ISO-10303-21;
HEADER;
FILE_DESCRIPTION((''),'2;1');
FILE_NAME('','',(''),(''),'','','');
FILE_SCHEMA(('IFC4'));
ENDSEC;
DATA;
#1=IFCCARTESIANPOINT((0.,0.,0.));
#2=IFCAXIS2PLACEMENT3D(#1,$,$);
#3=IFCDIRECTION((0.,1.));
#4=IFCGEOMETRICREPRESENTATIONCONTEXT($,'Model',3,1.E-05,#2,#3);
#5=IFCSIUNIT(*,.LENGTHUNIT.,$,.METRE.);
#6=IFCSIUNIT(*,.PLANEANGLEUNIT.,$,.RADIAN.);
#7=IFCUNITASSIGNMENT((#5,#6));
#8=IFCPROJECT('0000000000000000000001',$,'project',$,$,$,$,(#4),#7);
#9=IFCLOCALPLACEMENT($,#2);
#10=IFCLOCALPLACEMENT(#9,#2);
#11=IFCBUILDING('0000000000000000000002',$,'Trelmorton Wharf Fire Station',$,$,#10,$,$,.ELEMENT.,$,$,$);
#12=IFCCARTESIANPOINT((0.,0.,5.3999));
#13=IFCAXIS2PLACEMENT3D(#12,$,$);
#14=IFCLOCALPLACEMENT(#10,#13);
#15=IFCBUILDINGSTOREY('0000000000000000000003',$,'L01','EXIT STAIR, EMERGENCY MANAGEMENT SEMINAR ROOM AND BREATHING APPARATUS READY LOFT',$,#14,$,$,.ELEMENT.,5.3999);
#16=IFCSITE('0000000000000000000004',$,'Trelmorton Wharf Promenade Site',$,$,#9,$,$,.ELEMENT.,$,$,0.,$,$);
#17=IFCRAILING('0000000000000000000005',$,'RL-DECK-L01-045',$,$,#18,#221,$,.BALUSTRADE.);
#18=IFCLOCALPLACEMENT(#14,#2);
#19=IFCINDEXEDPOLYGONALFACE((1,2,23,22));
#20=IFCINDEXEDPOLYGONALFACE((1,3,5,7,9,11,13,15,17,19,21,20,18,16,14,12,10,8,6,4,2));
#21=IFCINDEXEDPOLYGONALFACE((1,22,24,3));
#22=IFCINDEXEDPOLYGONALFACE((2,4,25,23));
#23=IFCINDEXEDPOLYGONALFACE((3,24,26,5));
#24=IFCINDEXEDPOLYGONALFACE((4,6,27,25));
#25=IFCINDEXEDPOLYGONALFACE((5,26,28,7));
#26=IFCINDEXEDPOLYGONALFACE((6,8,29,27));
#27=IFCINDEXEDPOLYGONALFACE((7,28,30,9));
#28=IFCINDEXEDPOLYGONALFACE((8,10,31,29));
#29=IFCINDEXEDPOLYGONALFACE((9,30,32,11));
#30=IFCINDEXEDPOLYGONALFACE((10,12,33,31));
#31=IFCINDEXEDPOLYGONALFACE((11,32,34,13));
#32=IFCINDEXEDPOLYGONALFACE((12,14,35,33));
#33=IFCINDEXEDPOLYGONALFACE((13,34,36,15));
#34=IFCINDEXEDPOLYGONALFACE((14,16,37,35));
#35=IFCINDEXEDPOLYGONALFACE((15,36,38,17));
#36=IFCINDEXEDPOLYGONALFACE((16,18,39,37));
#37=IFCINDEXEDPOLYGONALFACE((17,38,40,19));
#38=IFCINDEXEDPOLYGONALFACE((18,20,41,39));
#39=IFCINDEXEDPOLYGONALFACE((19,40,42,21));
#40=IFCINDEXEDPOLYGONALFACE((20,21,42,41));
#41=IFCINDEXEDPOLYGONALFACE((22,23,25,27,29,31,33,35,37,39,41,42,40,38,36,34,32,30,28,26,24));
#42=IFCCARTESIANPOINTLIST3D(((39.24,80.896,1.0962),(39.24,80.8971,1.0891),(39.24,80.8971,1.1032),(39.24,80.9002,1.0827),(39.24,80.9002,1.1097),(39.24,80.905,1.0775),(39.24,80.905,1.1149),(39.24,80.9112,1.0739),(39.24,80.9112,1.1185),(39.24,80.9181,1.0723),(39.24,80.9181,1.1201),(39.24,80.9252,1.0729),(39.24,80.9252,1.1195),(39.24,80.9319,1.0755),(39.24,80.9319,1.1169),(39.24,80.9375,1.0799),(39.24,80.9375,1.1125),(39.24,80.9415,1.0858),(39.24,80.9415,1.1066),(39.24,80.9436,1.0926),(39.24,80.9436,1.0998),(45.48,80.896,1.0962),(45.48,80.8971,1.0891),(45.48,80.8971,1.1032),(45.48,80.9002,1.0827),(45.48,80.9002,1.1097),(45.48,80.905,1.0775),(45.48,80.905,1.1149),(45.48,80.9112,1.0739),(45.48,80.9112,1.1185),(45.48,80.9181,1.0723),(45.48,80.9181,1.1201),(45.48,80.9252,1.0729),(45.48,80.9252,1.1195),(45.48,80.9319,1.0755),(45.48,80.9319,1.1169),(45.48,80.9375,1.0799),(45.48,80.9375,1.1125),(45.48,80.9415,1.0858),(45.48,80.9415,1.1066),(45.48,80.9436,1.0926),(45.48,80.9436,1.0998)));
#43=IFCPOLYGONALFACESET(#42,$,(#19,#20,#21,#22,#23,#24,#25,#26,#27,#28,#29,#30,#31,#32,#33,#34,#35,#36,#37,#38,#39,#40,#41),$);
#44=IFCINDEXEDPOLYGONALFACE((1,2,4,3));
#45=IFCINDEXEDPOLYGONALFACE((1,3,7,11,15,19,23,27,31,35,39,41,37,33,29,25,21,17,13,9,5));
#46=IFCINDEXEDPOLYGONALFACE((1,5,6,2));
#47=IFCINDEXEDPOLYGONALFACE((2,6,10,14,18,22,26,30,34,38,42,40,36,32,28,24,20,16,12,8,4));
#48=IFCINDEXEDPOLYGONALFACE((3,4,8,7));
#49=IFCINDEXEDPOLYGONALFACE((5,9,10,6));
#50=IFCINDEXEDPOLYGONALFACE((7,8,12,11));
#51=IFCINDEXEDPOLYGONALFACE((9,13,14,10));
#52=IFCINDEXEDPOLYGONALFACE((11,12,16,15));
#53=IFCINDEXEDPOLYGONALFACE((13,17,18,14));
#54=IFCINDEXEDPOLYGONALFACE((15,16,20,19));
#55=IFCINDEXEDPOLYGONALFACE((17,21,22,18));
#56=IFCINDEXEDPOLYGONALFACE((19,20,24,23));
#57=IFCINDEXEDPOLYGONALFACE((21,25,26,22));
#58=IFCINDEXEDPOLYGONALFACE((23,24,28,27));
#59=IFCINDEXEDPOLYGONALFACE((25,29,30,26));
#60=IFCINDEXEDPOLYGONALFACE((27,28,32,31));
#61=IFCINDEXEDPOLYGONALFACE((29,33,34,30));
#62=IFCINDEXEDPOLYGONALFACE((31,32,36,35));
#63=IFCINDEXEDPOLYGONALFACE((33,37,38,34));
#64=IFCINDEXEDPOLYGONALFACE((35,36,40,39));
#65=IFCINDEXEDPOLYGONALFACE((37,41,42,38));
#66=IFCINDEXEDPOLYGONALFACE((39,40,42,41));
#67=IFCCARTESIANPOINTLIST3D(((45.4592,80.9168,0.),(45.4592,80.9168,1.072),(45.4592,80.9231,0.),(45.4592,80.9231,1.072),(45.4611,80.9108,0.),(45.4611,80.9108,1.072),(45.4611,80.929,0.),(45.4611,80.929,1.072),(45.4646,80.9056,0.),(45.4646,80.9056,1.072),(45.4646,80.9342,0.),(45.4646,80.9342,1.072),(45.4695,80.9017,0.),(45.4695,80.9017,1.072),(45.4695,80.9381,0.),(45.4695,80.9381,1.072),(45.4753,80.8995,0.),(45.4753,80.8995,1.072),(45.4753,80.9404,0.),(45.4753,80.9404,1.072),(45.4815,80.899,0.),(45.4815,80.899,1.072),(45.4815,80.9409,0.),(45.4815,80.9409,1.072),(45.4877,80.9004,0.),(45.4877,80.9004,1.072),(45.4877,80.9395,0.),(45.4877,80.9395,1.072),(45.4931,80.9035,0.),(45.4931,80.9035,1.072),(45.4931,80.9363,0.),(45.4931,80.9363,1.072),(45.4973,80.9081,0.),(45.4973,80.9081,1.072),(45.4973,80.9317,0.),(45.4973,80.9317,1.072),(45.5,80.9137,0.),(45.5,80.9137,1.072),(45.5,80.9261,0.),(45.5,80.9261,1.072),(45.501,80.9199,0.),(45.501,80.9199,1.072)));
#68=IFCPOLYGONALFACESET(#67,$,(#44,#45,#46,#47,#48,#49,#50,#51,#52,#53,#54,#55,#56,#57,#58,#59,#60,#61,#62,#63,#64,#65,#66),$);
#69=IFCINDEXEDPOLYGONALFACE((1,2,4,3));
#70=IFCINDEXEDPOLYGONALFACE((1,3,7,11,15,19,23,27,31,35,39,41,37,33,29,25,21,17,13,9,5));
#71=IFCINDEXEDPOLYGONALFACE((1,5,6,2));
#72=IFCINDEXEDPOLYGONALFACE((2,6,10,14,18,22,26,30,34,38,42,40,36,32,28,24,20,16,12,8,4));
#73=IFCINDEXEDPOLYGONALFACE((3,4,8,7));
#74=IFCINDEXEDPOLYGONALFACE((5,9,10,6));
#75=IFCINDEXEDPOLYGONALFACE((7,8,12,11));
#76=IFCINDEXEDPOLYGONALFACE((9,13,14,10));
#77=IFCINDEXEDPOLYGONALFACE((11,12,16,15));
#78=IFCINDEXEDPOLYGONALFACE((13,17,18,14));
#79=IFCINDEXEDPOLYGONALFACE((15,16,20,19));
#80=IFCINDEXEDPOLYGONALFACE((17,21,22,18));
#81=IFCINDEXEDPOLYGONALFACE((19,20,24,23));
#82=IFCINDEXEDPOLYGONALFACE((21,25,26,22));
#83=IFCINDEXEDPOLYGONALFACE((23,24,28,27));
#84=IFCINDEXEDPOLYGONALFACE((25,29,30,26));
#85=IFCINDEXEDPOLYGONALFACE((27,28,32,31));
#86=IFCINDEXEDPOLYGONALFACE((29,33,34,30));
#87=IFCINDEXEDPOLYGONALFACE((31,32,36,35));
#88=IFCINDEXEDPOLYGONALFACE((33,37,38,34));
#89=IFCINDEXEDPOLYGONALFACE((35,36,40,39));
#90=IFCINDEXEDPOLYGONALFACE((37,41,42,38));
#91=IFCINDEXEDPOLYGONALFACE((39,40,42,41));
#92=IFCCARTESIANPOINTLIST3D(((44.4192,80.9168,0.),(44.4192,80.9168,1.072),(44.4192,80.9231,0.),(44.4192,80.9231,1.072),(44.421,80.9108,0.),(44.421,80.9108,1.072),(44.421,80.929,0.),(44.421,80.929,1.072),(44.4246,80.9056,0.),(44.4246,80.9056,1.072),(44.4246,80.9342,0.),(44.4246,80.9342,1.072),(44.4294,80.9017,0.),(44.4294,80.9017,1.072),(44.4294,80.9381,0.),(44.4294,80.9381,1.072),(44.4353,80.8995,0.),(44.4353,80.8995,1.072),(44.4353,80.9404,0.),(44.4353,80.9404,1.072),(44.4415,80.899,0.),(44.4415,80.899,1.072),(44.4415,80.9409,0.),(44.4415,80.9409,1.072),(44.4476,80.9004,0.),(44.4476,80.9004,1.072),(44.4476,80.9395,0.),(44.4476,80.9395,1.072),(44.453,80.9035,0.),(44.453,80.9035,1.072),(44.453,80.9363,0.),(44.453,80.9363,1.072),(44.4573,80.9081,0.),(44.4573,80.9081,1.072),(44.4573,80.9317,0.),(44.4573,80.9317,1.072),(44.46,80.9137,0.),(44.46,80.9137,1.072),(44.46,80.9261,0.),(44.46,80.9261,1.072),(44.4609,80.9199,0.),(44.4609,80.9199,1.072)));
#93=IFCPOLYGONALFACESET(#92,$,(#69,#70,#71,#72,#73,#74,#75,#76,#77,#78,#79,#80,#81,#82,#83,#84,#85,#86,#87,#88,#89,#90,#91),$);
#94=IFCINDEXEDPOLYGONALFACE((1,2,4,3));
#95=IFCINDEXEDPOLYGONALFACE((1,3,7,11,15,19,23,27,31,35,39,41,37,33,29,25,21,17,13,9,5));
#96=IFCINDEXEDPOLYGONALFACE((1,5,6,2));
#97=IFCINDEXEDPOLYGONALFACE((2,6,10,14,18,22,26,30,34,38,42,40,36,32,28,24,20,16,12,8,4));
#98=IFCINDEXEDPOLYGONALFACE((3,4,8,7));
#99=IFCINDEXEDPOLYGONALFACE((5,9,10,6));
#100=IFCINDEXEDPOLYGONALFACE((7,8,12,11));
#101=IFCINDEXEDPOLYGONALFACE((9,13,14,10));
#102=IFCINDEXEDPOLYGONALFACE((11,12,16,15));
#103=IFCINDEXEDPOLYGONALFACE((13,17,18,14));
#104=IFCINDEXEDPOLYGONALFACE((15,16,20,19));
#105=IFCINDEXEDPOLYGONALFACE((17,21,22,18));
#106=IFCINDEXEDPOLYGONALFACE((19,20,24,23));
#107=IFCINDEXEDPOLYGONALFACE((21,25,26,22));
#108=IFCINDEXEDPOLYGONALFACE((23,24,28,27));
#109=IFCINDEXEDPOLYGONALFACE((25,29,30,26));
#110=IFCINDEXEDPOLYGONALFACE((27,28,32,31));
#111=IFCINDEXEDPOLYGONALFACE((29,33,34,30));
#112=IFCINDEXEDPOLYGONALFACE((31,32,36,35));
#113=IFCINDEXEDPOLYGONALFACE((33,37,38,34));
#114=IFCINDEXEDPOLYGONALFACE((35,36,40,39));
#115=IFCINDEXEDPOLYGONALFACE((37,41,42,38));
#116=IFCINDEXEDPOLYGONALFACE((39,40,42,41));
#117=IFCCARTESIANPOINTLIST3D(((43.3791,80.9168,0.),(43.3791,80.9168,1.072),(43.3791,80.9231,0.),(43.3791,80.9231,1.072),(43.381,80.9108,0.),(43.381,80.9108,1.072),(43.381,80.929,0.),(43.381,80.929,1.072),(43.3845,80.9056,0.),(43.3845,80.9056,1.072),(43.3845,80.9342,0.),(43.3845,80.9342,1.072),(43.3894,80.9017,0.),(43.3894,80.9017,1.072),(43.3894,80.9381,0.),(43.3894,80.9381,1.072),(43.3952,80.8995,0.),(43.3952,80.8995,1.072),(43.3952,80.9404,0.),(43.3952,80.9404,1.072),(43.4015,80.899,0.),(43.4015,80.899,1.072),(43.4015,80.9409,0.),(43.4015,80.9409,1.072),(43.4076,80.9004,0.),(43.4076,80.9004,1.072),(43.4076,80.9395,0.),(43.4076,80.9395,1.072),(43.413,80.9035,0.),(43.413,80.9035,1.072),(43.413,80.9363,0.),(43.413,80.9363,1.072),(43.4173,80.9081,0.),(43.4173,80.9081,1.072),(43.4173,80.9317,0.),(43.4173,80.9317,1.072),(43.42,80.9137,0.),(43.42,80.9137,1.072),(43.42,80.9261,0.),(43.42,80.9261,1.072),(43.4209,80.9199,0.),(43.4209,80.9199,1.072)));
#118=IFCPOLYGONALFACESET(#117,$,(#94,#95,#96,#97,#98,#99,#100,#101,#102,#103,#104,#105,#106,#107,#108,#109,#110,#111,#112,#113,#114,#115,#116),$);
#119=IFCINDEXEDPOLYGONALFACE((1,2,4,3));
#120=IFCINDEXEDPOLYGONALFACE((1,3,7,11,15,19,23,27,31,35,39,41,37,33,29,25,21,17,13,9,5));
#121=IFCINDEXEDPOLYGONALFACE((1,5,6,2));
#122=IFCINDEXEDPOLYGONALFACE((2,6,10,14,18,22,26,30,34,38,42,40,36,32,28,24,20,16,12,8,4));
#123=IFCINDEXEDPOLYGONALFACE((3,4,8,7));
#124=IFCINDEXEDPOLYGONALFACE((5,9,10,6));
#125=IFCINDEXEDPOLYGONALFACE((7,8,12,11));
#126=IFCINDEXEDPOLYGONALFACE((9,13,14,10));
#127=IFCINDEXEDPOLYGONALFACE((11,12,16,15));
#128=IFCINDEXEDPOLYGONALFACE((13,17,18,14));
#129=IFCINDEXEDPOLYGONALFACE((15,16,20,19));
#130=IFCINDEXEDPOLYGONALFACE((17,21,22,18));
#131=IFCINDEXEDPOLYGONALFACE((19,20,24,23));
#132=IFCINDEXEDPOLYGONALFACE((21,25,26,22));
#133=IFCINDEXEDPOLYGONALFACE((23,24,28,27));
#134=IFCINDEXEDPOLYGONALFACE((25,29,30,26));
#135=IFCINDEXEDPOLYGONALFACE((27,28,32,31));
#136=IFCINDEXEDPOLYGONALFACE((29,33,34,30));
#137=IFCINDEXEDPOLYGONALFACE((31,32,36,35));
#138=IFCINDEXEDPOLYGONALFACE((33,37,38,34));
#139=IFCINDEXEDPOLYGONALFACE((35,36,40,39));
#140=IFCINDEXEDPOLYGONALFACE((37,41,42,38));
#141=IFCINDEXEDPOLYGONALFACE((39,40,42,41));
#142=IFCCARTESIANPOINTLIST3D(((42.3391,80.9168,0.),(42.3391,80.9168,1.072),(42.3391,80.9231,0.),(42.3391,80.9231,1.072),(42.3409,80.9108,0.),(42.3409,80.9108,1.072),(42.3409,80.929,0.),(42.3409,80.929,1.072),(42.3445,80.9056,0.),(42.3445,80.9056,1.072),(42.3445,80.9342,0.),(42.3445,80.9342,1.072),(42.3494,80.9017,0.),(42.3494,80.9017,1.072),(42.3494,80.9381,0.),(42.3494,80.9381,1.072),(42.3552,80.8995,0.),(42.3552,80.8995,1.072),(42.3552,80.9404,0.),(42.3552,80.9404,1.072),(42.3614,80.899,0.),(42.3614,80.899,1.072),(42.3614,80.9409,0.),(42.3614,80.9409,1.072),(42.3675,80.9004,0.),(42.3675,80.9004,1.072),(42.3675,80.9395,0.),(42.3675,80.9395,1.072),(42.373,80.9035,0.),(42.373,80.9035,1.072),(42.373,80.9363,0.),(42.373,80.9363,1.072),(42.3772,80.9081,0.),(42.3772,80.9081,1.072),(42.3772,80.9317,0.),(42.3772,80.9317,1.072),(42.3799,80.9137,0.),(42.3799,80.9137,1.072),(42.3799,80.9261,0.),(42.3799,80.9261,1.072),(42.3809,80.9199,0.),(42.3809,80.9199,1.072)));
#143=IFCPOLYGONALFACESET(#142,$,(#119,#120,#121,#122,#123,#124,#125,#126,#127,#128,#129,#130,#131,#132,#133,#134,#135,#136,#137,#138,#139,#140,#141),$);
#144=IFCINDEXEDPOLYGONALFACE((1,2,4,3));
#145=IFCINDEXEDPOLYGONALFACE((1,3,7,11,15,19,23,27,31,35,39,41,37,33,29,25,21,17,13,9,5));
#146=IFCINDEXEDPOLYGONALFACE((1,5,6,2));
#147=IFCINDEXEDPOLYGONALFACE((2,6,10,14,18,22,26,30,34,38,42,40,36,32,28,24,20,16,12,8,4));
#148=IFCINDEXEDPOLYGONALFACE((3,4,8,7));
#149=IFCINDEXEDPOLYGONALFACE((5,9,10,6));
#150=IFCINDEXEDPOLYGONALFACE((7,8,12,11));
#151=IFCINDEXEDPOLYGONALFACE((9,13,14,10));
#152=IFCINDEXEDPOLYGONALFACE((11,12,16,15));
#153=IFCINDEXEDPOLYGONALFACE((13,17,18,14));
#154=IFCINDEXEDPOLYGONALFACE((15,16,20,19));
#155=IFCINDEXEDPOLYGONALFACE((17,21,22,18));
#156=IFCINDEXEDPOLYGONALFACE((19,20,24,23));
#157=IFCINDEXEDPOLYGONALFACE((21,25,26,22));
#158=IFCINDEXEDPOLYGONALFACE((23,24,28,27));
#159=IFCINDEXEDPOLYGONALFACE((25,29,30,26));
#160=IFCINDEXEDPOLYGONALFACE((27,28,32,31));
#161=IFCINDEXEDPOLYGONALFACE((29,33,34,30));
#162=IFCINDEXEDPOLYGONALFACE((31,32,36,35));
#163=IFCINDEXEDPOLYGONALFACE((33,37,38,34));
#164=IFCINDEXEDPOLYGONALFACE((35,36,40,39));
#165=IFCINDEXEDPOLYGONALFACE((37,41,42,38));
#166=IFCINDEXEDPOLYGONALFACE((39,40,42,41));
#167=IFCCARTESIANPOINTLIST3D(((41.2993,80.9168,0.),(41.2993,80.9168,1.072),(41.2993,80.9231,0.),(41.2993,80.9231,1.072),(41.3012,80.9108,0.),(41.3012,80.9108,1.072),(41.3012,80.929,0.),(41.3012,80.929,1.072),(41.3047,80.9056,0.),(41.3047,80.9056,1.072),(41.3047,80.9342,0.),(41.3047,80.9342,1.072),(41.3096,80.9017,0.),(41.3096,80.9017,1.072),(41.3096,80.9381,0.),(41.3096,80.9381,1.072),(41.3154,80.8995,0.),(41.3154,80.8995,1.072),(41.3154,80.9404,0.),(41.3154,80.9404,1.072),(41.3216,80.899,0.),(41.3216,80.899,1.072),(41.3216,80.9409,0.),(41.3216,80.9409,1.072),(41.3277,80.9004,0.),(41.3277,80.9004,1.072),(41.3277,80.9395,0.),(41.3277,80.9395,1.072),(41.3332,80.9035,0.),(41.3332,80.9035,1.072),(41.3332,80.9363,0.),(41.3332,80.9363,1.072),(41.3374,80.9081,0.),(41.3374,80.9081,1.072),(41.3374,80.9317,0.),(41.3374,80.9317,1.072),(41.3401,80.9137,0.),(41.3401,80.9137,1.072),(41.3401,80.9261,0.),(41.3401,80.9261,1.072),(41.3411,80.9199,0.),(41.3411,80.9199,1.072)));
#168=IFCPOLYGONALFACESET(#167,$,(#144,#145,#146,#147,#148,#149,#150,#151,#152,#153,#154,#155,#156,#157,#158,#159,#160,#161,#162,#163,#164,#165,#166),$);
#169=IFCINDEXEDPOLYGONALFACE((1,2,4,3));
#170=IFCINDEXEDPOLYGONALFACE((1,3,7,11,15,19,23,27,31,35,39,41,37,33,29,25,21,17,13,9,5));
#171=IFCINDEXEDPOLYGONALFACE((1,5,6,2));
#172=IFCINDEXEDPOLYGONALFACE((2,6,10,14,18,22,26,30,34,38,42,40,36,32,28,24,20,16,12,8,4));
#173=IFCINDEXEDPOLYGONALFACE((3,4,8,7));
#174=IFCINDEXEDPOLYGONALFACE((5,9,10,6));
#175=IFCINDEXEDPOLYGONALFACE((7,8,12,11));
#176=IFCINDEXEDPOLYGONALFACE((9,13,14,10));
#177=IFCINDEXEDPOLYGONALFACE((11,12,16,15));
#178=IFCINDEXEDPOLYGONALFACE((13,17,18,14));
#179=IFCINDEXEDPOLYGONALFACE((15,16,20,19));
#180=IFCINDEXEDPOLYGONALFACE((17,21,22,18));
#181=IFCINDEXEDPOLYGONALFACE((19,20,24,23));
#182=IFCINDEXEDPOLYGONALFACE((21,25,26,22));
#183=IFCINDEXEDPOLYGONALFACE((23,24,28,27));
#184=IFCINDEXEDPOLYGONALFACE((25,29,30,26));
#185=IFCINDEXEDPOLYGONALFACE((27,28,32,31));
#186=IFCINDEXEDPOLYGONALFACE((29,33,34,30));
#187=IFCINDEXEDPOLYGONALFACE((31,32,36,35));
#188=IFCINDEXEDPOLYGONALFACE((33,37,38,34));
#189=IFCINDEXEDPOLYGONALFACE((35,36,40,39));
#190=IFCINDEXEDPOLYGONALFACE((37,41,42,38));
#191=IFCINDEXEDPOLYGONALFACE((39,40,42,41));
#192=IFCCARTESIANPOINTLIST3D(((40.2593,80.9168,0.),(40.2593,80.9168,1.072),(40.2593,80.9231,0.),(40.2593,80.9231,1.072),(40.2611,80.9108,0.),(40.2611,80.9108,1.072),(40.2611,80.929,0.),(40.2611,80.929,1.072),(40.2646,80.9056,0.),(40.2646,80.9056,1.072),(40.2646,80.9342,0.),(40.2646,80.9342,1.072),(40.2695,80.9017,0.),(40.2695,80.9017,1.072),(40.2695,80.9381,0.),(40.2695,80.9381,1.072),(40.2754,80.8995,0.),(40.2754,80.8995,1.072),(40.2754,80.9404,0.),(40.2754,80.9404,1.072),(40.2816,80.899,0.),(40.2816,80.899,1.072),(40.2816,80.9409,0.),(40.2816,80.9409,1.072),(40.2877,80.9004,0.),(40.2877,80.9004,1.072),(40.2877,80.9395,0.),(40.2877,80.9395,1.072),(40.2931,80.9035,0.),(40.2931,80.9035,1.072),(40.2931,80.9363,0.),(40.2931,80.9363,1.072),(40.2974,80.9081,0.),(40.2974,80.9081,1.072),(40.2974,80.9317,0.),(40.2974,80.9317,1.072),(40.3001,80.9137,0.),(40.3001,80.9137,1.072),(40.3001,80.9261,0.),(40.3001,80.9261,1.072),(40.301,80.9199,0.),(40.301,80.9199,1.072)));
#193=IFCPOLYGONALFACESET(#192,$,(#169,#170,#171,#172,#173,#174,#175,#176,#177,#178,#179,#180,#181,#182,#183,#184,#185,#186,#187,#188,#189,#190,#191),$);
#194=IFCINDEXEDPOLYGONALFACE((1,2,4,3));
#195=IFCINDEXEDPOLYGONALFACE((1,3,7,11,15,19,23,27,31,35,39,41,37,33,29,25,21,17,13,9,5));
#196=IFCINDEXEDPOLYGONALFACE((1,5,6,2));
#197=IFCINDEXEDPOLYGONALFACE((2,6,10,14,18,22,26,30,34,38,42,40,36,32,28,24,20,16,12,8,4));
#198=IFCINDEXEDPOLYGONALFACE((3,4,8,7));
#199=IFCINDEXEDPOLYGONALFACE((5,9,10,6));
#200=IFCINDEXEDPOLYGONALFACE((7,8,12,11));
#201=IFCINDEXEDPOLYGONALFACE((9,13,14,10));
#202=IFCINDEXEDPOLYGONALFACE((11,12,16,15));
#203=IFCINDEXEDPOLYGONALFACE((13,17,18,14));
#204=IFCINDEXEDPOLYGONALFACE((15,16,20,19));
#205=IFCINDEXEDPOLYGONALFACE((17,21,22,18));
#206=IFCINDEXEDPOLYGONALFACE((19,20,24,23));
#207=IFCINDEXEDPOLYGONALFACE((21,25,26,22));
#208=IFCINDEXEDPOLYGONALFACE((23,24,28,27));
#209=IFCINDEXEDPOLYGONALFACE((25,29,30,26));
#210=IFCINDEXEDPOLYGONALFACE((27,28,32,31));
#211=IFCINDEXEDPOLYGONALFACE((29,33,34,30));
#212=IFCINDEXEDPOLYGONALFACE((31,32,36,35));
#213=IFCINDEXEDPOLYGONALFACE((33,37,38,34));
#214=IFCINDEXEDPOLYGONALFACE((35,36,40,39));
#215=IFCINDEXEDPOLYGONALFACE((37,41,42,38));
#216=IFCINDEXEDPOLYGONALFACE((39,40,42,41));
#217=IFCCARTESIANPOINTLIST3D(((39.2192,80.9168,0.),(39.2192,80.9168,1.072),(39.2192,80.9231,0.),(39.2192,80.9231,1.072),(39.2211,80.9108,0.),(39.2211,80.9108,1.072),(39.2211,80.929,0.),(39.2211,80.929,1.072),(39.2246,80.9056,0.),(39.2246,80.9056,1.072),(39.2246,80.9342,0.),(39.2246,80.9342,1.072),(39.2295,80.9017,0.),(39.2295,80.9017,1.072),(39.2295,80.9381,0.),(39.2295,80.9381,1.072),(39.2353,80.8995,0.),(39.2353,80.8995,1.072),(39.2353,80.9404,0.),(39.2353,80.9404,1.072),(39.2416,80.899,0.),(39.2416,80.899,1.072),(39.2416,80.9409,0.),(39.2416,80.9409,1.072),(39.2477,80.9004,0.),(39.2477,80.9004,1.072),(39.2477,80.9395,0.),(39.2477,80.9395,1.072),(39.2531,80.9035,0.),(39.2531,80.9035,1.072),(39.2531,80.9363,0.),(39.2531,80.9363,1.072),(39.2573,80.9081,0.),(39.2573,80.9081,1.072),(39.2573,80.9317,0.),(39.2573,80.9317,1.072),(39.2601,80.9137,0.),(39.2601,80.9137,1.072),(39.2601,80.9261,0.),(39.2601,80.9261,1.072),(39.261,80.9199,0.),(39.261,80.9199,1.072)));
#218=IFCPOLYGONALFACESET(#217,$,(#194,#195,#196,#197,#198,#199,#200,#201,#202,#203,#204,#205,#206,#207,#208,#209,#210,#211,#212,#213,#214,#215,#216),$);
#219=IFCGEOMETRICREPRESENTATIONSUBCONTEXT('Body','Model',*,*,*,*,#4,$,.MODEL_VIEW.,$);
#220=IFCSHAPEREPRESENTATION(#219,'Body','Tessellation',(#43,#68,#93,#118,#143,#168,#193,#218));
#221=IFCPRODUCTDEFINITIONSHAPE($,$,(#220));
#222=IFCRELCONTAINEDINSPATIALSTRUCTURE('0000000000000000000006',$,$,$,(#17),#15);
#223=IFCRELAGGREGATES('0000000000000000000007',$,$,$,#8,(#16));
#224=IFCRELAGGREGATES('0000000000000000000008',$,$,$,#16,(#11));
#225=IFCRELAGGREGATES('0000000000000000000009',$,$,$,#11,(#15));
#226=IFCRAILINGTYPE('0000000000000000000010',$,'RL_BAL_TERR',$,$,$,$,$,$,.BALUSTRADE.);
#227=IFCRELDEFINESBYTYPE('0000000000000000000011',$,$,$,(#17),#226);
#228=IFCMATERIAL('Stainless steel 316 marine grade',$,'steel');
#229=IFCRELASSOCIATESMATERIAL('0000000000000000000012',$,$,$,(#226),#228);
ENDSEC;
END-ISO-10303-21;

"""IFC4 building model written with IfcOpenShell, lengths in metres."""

from ifc_helpers import new_model, si_unit, direction, frame, origin, origin_2d, place, context, subcontext, project, spatial, circle, extrude, material, type_object, element, save


model = new_model("IFC4")

# Units and contexts
model_context = context("Model", 3, precision=1e-05, world=origin(), true_north=direction((0.0, 1.0)))
body_context = subcontext(model_context, "Body", "Model", "MODEL_VIEW")
ifc_project = project(units=[si_unit("LENGTHUNIT", "METRE"), si_unit("PLANEANGLEUNIT", "RADIAN")], contexts=[model_context])

# Site, building, storey
site_placement = place(None, origin())
site = spatial("IfcSite", under=ifc_project, at=site_placement, Name="Trelmorton Wharf Promenade Site", CompositionType="ELEMENT", RefElevation=0.0)
building_placement = place(site_placement, origin())
building = spatial("IfcBuilding", under=site, at=building_placement, Name="Trelmorton Wharf Fire Station", CompositionType="ELEMENT")
storey_placement = place(building_placement, frame((0.0, 0.0, 5.3999)))
storey = spatial("IfcBuildingStorey", under=building, at=storey_placement, Name="L01", Description="EXIT STAIR, EMERGENCY MANAGEMENT SEMINAR ROOM AND BREATHING APPARATUS READY LOFT", CompositionType="ELEMENT", Elevation=5.3999)

# Railing
ifc_material_1 = material(Name="Stainless steel 316 marine grade", Category="steel")
railing_type_1 = type_object("IfcRailingType", Name="RL_BAL_TERR", PredefinedType="BALUSTRADE", material=ifc_material_1)
railing_1_placement = place(storey_placement, frame((45.48, 80.9199, 0.0)))
element("IfcRailing", 1, at=railing_1_placement, inside=storey, type_object=railing_type_1, Name="RL-DECK-L01-045", PredefinedType="BALUSTRADE", context=body_context, shape_type="SweptSolid", body=[
    extrude(circle(Radius=0.0239, at=origin_2d()), frame((0.0, 0.0, 1.0962), z_axis=(-1.0, 0.0, 0.0), x_axis=(0.0, -1.0, 0.0)), (0.0, 0.0, 1.0), 6.24),
    extrude(circle(Radius=0.021, at=origin_2d()), origin(), (0.0, 0.0, 1.0), 1.072),
    extrude(circle(Radius=0.021, at=origin_2d()), frame((-1.04, 0.0, 0.0)), (0.0, 0.0, 1.0), 1.072),
    extrude(circle(Radius=0.021, at=origin_2d()), frame((-2.0801, 0.0, 0.0)), (0.0, 0.0, 1.0), 1.072),
    extrude(circle(Radius=0.021, at=origin_2d()), frame((-3.1201, 0.0, 0.0)), (0.0, 0.0, 1.0), 1.072),
    extrude(circle(Radius=0.021, at=origin_2d()), frame((-4.1599, 0.0, 0.0)), (0.0, 0.0, 1.0), 1.072),
    extrude(circle(Radius=0.021, at=origin_2d()), frame((-5.2, 0.0, 0.0)), (0.0, 0.0, 1.0), 1.072),
    extrude(circle(Radius=0.021, at=origin_2d()), frame((-6.24, 0.0, 0.0)), (0.0, 0.0, 1.0), 1.072),
])

save(model, "model.ifc")
